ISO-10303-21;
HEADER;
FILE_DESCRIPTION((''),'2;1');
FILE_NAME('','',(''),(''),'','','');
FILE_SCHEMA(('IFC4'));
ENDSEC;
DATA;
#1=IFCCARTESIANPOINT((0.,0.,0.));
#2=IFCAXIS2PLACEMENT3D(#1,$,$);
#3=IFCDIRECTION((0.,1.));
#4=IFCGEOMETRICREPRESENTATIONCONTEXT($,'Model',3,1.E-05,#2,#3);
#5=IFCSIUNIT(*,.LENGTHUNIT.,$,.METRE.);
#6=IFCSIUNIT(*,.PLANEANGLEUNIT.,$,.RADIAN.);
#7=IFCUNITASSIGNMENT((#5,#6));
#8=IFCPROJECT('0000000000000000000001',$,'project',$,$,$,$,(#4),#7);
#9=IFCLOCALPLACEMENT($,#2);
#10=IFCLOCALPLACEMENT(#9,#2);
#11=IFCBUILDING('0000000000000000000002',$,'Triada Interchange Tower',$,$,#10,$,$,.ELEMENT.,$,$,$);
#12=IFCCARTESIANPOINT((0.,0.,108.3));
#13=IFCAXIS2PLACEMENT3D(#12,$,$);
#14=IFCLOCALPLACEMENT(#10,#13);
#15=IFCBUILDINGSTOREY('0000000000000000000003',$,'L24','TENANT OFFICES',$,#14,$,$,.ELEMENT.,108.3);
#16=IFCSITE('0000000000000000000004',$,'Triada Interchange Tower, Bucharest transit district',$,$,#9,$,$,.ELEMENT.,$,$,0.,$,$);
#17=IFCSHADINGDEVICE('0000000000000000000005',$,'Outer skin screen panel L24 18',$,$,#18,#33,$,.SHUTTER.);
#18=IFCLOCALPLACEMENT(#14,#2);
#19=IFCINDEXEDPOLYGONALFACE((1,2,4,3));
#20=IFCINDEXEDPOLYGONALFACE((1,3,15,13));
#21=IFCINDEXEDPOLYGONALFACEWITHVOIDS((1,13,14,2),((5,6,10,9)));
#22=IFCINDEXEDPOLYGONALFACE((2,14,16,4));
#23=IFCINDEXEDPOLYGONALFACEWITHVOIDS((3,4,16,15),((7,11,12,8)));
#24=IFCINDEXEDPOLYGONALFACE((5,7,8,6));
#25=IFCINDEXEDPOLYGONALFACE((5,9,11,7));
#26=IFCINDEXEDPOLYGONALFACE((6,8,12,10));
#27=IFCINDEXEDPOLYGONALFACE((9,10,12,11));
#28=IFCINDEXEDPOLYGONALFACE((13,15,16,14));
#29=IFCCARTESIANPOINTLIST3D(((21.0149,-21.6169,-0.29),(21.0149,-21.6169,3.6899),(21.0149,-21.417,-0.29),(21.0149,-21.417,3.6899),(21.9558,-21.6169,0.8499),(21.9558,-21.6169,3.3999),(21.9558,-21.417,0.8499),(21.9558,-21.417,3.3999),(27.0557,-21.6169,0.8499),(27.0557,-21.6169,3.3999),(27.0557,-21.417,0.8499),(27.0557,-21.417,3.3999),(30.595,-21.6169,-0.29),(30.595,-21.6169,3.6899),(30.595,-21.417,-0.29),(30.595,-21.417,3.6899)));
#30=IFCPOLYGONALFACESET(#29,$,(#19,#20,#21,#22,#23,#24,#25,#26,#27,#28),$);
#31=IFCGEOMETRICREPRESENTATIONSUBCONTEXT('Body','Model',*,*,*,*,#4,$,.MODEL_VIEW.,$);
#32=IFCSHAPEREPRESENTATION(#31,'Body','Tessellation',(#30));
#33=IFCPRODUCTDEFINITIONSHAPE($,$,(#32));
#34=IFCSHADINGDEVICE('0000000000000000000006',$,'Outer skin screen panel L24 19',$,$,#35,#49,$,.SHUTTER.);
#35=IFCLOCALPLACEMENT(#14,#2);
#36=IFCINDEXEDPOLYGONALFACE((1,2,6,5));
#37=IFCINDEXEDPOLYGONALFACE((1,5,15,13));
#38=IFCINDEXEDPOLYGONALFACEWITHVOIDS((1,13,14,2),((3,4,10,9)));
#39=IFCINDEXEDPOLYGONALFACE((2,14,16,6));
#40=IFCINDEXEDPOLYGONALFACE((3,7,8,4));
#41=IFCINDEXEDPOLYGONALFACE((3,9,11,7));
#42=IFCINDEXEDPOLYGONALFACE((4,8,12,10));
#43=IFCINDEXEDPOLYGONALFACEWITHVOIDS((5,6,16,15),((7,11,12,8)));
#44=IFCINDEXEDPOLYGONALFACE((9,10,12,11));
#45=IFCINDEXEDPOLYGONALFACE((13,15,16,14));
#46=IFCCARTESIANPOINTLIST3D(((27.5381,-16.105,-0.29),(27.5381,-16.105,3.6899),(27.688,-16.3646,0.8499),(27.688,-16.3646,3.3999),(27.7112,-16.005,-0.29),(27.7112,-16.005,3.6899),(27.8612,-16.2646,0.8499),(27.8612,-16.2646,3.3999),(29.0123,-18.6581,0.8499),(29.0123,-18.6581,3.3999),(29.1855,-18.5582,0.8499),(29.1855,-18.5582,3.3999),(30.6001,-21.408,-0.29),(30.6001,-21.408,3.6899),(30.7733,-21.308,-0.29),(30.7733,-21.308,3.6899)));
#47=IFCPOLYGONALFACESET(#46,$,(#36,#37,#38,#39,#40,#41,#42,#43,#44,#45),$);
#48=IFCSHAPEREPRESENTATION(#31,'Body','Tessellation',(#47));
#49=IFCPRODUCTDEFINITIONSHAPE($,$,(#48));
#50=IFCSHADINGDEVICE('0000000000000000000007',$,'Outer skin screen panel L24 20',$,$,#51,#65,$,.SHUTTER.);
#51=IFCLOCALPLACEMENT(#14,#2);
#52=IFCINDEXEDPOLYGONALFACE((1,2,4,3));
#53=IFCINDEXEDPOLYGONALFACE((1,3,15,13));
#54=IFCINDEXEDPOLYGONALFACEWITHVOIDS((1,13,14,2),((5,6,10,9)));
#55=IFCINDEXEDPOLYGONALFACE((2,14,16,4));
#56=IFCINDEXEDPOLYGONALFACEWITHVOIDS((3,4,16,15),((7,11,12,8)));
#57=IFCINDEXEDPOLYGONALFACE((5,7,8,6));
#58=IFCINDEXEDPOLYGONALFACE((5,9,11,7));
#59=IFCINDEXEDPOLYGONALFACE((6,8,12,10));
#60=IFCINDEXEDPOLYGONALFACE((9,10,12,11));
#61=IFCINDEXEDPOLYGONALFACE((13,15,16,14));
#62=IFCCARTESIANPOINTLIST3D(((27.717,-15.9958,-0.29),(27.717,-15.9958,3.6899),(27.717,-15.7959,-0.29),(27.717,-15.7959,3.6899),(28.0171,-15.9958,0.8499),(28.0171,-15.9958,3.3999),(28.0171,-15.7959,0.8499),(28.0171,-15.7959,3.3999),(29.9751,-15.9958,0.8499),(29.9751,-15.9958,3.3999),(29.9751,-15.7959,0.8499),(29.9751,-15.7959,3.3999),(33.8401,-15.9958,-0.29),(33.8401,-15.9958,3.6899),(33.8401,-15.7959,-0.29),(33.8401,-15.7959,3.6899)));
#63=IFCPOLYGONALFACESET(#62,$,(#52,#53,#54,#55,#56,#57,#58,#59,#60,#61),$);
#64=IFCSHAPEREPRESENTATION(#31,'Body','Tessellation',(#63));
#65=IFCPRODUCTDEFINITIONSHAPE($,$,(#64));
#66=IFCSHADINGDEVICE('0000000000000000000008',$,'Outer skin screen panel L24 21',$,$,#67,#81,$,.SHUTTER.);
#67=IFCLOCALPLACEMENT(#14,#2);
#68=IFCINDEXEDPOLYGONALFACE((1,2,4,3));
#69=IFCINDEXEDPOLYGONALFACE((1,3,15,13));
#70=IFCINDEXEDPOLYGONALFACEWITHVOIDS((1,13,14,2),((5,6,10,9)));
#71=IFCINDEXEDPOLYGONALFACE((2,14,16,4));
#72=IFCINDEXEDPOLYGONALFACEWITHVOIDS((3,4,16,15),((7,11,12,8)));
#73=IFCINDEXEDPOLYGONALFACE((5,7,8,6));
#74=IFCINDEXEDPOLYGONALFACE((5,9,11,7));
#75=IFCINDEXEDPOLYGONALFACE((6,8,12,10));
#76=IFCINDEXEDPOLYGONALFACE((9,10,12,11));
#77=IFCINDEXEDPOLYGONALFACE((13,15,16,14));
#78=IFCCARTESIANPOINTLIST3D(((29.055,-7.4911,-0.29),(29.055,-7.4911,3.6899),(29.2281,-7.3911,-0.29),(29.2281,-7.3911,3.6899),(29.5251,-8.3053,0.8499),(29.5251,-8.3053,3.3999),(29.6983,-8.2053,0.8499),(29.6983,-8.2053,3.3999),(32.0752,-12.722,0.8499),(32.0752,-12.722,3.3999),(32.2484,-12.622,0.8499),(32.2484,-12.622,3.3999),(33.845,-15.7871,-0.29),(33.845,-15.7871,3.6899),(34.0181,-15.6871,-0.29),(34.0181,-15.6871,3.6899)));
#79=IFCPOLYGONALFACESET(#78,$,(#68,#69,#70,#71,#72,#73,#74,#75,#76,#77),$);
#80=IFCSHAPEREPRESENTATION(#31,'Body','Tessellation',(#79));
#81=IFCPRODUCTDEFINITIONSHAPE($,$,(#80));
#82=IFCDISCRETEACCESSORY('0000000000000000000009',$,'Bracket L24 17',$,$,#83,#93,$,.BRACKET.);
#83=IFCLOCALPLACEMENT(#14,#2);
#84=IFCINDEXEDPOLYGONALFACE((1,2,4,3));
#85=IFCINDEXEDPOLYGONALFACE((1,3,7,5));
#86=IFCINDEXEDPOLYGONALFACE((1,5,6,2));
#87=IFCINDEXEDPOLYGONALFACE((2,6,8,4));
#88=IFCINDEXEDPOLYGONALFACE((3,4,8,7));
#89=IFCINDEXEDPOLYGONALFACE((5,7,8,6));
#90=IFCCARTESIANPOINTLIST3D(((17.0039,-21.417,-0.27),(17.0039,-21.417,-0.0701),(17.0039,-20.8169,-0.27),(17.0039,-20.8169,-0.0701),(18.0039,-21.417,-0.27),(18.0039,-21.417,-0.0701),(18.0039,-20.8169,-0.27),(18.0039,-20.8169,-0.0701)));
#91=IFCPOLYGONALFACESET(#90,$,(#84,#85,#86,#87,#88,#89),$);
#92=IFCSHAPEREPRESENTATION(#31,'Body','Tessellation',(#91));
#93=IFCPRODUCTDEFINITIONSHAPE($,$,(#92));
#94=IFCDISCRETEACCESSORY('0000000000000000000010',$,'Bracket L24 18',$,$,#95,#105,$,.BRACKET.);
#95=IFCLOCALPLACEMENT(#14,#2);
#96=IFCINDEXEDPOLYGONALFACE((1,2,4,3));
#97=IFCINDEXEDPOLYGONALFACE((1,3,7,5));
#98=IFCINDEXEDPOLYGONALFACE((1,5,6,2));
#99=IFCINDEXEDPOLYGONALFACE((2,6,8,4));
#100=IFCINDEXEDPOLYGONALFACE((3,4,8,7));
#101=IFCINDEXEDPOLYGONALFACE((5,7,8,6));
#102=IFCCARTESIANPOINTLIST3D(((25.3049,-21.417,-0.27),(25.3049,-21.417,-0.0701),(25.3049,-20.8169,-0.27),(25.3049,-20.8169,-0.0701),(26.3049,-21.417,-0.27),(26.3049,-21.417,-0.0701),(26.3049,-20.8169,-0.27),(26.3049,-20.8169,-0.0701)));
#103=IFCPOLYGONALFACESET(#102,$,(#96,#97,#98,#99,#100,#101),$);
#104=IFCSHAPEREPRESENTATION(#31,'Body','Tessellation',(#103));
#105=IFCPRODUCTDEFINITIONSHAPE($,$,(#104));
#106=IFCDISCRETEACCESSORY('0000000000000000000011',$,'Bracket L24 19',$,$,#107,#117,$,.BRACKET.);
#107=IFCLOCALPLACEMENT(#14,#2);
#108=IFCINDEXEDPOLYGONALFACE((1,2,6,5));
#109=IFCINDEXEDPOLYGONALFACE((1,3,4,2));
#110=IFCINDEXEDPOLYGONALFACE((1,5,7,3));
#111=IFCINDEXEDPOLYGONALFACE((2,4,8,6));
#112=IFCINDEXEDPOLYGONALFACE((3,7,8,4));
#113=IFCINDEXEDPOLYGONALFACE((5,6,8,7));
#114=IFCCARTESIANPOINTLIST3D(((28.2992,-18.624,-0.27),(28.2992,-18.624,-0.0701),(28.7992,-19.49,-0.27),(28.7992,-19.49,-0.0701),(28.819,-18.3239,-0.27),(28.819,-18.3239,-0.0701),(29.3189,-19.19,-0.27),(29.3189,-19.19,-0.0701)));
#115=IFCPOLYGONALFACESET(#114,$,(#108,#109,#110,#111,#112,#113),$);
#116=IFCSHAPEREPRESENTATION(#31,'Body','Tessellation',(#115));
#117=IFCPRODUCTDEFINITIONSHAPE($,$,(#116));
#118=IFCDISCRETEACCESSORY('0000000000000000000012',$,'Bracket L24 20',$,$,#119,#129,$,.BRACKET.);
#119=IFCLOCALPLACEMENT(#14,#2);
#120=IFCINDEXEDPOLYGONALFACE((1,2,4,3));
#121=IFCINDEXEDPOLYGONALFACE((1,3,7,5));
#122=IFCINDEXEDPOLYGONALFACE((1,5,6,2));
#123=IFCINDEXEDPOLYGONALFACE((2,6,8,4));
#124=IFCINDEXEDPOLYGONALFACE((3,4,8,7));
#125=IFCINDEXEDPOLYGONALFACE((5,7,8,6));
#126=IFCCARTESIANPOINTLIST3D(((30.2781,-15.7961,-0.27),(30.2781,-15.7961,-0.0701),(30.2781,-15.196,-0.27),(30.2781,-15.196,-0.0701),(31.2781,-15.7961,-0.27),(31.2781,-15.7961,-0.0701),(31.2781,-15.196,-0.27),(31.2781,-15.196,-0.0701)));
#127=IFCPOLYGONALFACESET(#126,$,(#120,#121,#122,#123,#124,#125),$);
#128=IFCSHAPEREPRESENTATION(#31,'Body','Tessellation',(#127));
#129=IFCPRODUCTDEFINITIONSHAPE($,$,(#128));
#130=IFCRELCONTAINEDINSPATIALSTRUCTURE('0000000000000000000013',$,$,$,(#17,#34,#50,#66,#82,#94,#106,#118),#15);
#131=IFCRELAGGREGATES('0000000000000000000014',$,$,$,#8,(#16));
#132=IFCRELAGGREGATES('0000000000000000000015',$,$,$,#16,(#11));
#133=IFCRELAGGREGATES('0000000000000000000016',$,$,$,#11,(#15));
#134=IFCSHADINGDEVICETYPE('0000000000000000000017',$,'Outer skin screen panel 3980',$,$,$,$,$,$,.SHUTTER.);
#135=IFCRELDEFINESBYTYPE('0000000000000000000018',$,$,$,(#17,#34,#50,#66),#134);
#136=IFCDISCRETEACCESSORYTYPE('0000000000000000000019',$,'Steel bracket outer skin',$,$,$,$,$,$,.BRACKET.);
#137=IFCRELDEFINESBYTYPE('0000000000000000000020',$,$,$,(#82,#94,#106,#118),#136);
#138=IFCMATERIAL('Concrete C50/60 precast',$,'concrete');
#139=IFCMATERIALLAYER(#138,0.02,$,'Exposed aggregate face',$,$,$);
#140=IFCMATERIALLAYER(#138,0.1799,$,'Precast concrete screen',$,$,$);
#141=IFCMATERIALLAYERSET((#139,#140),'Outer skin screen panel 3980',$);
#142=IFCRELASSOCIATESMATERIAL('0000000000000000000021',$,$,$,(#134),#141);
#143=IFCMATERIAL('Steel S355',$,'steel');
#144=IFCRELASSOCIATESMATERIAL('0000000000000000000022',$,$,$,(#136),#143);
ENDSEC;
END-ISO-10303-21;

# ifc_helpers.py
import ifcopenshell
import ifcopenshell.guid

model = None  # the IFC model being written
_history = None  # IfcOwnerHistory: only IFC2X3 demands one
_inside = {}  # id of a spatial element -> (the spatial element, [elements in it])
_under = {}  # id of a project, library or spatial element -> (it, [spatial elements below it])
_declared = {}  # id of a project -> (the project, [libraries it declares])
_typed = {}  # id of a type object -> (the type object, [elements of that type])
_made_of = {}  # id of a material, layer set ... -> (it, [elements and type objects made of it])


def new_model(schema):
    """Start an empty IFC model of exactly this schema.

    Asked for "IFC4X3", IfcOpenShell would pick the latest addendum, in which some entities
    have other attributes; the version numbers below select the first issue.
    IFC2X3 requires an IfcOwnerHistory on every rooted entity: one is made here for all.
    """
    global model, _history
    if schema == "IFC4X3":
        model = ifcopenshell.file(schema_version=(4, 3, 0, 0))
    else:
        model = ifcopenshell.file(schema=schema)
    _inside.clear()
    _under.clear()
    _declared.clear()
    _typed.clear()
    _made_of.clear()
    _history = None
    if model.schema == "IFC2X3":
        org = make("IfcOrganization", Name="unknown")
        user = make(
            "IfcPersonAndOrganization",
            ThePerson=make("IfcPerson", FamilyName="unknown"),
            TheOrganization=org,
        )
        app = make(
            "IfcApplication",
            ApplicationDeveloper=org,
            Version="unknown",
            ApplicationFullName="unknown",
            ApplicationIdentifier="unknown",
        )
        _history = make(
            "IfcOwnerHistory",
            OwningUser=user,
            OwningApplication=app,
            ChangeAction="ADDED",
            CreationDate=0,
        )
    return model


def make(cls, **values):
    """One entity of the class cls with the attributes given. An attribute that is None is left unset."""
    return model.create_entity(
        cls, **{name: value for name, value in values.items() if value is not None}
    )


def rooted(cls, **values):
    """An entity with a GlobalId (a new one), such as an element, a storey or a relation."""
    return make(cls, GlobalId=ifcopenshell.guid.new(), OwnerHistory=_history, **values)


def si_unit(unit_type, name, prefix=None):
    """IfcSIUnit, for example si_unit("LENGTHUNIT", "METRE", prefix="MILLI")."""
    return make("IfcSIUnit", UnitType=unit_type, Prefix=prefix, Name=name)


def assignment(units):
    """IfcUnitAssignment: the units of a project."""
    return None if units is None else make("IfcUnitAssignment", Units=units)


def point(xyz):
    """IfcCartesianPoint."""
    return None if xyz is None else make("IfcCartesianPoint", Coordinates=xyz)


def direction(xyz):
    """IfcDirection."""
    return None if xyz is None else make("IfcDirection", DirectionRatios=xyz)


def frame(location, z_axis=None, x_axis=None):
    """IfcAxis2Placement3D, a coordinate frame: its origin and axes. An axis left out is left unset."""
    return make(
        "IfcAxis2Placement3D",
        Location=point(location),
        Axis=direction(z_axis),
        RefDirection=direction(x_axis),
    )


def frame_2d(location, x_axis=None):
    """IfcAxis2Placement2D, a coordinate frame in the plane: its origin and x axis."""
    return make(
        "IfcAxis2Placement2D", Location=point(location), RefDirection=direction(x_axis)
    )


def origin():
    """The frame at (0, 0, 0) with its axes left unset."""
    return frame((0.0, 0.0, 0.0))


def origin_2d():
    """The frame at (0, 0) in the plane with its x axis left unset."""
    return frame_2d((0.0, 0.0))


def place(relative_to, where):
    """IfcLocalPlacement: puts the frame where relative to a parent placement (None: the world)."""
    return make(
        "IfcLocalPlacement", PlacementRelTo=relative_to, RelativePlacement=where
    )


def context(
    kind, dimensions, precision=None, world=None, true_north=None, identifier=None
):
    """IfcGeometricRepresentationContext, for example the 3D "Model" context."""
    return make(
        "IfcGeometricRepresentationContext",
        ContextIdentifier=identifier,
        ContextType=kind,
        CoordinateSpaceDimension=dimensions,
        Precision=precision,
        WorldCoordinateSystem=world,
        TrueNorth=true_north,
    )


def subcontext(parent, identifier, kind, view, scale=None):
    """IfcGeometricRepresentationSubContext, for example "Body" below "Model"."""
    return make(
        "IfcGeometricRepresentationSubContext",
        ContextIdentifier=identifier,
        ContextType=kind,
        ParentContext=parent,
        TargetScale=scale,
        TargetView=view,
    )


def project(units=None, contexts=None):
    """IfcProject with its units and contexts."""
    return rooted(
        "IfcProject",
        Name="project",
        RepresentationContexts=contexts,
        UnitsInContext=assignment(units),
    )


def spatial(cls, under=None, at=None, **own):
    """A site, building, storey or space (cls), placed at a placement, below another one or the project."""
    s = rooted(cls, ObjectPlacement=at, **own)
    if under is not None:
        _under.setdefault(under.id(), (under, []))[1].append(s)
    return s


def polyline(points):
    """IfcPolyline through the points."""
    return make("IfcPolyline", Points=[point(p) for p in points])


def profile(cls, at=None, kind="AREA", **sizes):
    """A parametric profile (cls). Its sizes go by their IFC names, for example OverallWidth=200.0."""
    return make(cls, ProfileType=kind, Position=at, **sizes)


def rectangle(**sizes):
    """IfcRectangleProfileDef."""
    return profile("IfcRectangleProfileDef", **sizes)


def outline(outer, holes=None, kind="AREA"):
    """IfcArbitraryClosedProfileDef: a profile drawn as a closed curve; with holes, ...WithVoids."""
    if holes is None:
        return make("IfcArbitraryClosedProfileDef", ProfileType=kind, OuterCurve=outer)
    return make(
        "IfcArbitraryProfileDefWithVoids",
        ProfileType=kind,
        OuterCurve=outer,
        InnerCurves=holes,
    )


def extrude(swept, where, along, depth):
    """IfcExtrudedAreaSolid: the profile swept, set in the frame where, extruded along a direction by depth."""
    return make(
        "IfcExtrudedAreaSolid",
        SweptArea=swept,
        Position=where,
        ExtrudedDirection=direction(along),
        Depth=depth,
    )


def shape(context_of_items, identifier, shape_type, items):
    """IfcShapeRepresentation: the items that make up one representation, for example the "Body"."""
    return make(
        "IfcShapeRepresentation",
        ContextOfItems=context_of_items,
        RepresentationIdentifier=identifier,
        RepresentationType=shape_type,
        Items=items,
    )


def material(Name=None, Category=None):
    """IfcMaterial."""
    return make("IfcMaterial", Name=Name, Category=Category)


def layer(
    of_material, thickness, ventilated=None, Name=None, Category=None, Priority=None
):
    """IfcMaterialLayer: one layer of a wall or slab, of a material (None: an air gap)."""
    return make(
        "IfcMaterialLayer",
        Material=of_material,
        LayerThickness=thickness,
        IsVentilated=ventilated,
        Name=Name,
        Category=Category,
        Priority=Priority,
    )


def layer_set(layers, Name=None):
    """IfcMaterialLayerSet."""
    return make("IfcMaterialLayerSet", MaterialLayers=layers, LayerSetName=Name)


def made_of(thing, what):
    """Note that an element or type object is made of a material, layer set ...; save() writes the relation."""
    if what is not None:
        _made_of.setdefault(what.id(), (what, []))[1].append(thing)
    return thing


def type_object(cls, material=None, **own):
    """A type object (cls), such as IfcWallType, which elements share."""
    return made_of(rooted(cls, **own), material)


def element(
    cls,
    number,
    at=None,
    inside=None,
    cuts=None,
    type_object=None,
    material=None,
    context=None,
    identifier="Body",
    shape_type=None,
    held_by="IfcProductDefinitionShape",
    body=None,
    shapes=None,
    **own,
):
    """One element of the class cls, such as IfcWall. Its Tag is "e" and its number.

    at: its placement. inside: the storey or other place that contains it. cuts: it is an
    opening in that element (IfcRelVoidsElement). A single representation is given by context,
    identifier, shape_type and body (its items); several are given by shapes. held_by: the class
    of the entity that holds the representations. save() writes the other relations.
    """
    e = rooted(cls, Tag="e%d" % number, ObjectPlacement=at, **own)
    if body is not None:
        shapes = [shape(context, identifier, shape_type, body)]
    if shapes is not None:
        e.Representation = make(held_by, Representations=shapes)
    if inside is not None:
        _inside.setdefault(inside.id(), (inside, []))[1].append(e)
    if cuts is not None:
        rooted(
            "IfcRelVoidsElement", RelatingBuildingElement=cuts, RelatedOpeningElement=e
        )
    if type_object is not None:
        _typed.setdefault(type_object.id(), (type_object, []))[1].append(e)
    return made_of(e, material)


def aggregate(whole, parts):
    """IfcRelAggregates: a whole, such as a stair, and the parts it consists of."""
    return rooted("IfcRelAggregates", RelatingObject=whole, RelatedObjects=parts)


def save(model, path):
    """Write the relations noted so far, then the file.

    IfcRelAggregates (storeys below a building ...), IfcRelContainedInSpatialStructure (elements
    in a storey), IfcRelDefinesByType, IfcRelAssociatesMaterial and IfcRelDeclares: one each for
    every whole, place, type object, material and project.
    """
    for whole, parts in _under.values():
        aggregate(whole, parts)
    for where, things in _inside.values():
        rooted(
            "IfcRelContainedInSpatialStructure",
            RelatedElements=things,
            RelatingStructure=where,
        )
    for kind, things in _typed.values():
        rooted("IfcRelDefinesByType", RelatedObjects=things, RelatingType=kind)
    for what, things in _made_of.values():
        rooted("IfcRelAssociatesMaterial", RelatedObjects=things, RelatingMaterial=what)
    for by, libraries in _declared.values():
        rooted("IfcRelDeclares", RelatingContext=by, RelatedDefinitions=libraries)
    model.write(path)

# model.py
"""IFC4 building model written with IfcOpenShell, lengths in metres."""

from ifc_helpers import new_model, si_unit, direction, frame, origin, origin_2d, place, context, subcontext, project, spatial, polyline, rectangle, outline, extrude, material, layer, layer_set, type_object, element, save


model = new_model("IFC4")

# Units and contexts
model_context = context("Model", 3, precision=1e-05, world=origin(), true_north=direction((0.0, 1.0)))
body_context = subcontext(model_context, "Body", "Model", "MODEL_VIEW")
ifc_project = project(units=[si_unit("LENGTHUNIT", "METRE"), si_unit("PLANEANGLEUNIT", "RADIAN")], contexts=[model_context])

# Site, building, storey
site_placement = place(None, origin())
site = spatial("IfcSite", under=ifc_project, at=site_placement, Name="Triada Interchange Tower, Bucharest transit district", CompositionType="ELEMENT", RefElevation=0.0)
building_placement = place(site_placement, origin())
building = spatial("IfcBuilding", under=site, at=building_placement, Name="Triada Interchange Tower", CompositionType="ELEMENT")
storey_placement = place(building_placement, frame((0.0, 0.0, 108.3)))
storey = spatial("IfcBuildingStorey", under=building, at=storey_placement, Name="L24", Description="TENANT OFFICES", CompositionType="ELEMENT", Elevation=108.3)

# Shading devices
ifc_material_1 = material(Name="Concrete C50/60 precast", Category="concrete")
ifc_layer_1 = layer(ifc_material_1, 0.02, Name="Exposed aggregate face")
ifc_layer_2 = layer(ifc_material_1, 0.1799, Name="Precast concrete screen")
ifc_layer_set_1 = layer_set([ifc_layer_1, ifc_layer_2], Name="Outer skin screen panel 3980")
shading_device_type = type_object("IfcShadingDeviceType", Name="Outer skin screen panel 3980", PredefinedType="SHUTTER", material=ifc_layer_set_1)
shading_device_1_placement = place(storey_placement, frame((21.0149, -21.417, -0.29), z_axis=(0.0, 0.0, 1.0), x_axis=(1.0, 0.0, 0.0)))
element("IfcShadingDevice", 1, at=shading_device_1_placement, inside=storey, type_object=shading_device_type, Name="Outer skin screen panel L24 18", PredefinedType="SHUTTER", context=body_context, shape_type="SweptSolid", body=[
    extrude(outline(polyline([(0.0, 0.0), (9.5801, 0.0), (9.5801, 3.98), (0.0, 3.98), (0.0, 0.0)]), holes=[polyline([(0.9409, 1.1399), (0.9409, 3.6899), (6.0408, 3.6899), (6.0408, 1.1399), (0.9409, 1.1399)])]), frame((0.0, 0.0, 0.0), z_axis=(0.0, -1.0, 0.0), x_axis=(1.0, 0.0, 0.0)), (0.0, 0.0, 1.0), 0.2),
])
shading_device_2_placement = place(storey_placement, frame((30.6001, -21.408, -0.29), z_axis=(0.0, 0.0, 1.0), x_axis=(-0.500041, 0.866002, 0.0)))
element("IfcShadingDevice", 2, at=shading_device_2_placement, inside=storey, type_object=shading_device_type, Name="Outer skin screen panel L24 19", PredefinedType="SHUTTER", context=body_context, shape_type="SweptSolid", body=[
    extrude(outline(polyline([(0.0, 0.0), (6.1235, 0.0), (6.1235, 3.98), (0.0, 3.98), (0.0, 0.0)]), holes=[polyline([(3.1753, 1.1399), (3.1753, 3.6899), (5.8237, 3.6899), (5.8237, 1.1399), (3.1753, 1.1399)])]), frame((0.0, 0.0, 0.0), z_axis=(0.0, -1.0, 0.0), x_axis=(1.0, 0.0, 0.0)), (0.0, 0.0, 1.0), 0.2),
])
shading_device_3_placement = place(storey_placement, frame((27.717, -15.7959, -0.29), z_axis=(0.0, 0.0, 1.0), x_axis=(1.0, 0.0, 0.0)))
element("IfcShadingDevice", 3, at=shading_device_3_placement, inside=storey, type_object=shading_device_type, Name="Outer skin screen panel L24 20", PredefinedType="SHUTTER", context=body_context, shape_type="SweptSolid", body=[
    extrude(outline(polyline([(0.0, 0.0), (6.123, 0.0), (6.123, 3.98), (0.0, 3.98), (0.0, 0.0)]), holes=[polyline([(0.3, 1.1399), (0.3, 3.6899), (2.2581, 3.6899), (2.2581, 1.1399), (0.3, 1.1399)])]), frame((0.0, 0.0, 0.0), z_axis=(0.0, -1.0, 0.0), x_axis=(1.0, 0.0, 0.0)), (0.0, 0.0, 1.0), 0.2),
])
shading_device_4_placement = place(storey_placement, frame((33.845, -15.7871, -0.29), z_axis=(0.0, 0.0, 1.0), x_axis=(-0.50002, 0.866014, 0.0)))
element("IfcShadingDevice", 4, at=shading_device_4_placement, inside=storey, type_object=shading_device_type, Name="Outer skin screen panel L24 21", PredefinedType="SHUTTER", context=body_context, shape_type="SweptSolid", body=[
    extrude(outline(polyline([(0.0, 0.0), (9.5796, 0.0), (9.5796, 3.98), (0.0, 3.98), (0.0, 0.0)]), holes=[polyline([(3.5393, 1.1399), (3.5393, 3.6899), (8.6394, 3.6899), (8.6394, 1.1399), (3.5393, 1.1399)])]), frame((0.0, 0.0, 0.0), z_axis=(0.0, -1.0, 0.0), x_axis=(1.0, 0.0, 0.0)), (0.0, 0.0, 1.0), 0.2),
])

# Discrete accessories
ifc_material_2 = material(Name="Steel S355", Category="steel")
discrete_accessory_type = type_object("IfcDiscreteAccessoryType", Name="Steel bracket outer skin", PredefinedType="BRACKET", material=ifc_material_2)
for number, where, z_axis, x_axis, name in (
    (5, (17.5039, -21.1169, -0.27), (0.0, 0.0, 1.0), (0.0, -1.0, 0.0), "Bracket L24 17"),
    (6, (25.8049, -21.1169, -0.27), (0.0, 0.0, 1.0), (0.0, -1.0, 0.0), "Bracket L24 18"),
    (7, (28.8091, -18.907, -0.27), (0.0, 0.0, 1.0), (0.866044, 0.499967, 0.0), "Bracket L24 19"),
    (8, (30.7781, -15.4961, -0.27), (0.0, 0.0, 1.0), (0.0, -1.0, 0.0), "Bracket L24 20"),
):
    element("IfcDiscreteAccessory", number, at=place(storey_placement, frame(where, z_axis=z_axis, x_axis=x_axis)), inside=storey, type_object=discrete_accessory_type, Name=name, PredefinedType="BRACKET", context=body_context, shape_type="SweptSolid", body=[
        extrude(rectangle(XDim=0.6001, YDim=1.0, at=origin_2d()), origin(), (0.0, 0.0, 1.0), 0.2),
    ])

save(model, "model.ifc")
